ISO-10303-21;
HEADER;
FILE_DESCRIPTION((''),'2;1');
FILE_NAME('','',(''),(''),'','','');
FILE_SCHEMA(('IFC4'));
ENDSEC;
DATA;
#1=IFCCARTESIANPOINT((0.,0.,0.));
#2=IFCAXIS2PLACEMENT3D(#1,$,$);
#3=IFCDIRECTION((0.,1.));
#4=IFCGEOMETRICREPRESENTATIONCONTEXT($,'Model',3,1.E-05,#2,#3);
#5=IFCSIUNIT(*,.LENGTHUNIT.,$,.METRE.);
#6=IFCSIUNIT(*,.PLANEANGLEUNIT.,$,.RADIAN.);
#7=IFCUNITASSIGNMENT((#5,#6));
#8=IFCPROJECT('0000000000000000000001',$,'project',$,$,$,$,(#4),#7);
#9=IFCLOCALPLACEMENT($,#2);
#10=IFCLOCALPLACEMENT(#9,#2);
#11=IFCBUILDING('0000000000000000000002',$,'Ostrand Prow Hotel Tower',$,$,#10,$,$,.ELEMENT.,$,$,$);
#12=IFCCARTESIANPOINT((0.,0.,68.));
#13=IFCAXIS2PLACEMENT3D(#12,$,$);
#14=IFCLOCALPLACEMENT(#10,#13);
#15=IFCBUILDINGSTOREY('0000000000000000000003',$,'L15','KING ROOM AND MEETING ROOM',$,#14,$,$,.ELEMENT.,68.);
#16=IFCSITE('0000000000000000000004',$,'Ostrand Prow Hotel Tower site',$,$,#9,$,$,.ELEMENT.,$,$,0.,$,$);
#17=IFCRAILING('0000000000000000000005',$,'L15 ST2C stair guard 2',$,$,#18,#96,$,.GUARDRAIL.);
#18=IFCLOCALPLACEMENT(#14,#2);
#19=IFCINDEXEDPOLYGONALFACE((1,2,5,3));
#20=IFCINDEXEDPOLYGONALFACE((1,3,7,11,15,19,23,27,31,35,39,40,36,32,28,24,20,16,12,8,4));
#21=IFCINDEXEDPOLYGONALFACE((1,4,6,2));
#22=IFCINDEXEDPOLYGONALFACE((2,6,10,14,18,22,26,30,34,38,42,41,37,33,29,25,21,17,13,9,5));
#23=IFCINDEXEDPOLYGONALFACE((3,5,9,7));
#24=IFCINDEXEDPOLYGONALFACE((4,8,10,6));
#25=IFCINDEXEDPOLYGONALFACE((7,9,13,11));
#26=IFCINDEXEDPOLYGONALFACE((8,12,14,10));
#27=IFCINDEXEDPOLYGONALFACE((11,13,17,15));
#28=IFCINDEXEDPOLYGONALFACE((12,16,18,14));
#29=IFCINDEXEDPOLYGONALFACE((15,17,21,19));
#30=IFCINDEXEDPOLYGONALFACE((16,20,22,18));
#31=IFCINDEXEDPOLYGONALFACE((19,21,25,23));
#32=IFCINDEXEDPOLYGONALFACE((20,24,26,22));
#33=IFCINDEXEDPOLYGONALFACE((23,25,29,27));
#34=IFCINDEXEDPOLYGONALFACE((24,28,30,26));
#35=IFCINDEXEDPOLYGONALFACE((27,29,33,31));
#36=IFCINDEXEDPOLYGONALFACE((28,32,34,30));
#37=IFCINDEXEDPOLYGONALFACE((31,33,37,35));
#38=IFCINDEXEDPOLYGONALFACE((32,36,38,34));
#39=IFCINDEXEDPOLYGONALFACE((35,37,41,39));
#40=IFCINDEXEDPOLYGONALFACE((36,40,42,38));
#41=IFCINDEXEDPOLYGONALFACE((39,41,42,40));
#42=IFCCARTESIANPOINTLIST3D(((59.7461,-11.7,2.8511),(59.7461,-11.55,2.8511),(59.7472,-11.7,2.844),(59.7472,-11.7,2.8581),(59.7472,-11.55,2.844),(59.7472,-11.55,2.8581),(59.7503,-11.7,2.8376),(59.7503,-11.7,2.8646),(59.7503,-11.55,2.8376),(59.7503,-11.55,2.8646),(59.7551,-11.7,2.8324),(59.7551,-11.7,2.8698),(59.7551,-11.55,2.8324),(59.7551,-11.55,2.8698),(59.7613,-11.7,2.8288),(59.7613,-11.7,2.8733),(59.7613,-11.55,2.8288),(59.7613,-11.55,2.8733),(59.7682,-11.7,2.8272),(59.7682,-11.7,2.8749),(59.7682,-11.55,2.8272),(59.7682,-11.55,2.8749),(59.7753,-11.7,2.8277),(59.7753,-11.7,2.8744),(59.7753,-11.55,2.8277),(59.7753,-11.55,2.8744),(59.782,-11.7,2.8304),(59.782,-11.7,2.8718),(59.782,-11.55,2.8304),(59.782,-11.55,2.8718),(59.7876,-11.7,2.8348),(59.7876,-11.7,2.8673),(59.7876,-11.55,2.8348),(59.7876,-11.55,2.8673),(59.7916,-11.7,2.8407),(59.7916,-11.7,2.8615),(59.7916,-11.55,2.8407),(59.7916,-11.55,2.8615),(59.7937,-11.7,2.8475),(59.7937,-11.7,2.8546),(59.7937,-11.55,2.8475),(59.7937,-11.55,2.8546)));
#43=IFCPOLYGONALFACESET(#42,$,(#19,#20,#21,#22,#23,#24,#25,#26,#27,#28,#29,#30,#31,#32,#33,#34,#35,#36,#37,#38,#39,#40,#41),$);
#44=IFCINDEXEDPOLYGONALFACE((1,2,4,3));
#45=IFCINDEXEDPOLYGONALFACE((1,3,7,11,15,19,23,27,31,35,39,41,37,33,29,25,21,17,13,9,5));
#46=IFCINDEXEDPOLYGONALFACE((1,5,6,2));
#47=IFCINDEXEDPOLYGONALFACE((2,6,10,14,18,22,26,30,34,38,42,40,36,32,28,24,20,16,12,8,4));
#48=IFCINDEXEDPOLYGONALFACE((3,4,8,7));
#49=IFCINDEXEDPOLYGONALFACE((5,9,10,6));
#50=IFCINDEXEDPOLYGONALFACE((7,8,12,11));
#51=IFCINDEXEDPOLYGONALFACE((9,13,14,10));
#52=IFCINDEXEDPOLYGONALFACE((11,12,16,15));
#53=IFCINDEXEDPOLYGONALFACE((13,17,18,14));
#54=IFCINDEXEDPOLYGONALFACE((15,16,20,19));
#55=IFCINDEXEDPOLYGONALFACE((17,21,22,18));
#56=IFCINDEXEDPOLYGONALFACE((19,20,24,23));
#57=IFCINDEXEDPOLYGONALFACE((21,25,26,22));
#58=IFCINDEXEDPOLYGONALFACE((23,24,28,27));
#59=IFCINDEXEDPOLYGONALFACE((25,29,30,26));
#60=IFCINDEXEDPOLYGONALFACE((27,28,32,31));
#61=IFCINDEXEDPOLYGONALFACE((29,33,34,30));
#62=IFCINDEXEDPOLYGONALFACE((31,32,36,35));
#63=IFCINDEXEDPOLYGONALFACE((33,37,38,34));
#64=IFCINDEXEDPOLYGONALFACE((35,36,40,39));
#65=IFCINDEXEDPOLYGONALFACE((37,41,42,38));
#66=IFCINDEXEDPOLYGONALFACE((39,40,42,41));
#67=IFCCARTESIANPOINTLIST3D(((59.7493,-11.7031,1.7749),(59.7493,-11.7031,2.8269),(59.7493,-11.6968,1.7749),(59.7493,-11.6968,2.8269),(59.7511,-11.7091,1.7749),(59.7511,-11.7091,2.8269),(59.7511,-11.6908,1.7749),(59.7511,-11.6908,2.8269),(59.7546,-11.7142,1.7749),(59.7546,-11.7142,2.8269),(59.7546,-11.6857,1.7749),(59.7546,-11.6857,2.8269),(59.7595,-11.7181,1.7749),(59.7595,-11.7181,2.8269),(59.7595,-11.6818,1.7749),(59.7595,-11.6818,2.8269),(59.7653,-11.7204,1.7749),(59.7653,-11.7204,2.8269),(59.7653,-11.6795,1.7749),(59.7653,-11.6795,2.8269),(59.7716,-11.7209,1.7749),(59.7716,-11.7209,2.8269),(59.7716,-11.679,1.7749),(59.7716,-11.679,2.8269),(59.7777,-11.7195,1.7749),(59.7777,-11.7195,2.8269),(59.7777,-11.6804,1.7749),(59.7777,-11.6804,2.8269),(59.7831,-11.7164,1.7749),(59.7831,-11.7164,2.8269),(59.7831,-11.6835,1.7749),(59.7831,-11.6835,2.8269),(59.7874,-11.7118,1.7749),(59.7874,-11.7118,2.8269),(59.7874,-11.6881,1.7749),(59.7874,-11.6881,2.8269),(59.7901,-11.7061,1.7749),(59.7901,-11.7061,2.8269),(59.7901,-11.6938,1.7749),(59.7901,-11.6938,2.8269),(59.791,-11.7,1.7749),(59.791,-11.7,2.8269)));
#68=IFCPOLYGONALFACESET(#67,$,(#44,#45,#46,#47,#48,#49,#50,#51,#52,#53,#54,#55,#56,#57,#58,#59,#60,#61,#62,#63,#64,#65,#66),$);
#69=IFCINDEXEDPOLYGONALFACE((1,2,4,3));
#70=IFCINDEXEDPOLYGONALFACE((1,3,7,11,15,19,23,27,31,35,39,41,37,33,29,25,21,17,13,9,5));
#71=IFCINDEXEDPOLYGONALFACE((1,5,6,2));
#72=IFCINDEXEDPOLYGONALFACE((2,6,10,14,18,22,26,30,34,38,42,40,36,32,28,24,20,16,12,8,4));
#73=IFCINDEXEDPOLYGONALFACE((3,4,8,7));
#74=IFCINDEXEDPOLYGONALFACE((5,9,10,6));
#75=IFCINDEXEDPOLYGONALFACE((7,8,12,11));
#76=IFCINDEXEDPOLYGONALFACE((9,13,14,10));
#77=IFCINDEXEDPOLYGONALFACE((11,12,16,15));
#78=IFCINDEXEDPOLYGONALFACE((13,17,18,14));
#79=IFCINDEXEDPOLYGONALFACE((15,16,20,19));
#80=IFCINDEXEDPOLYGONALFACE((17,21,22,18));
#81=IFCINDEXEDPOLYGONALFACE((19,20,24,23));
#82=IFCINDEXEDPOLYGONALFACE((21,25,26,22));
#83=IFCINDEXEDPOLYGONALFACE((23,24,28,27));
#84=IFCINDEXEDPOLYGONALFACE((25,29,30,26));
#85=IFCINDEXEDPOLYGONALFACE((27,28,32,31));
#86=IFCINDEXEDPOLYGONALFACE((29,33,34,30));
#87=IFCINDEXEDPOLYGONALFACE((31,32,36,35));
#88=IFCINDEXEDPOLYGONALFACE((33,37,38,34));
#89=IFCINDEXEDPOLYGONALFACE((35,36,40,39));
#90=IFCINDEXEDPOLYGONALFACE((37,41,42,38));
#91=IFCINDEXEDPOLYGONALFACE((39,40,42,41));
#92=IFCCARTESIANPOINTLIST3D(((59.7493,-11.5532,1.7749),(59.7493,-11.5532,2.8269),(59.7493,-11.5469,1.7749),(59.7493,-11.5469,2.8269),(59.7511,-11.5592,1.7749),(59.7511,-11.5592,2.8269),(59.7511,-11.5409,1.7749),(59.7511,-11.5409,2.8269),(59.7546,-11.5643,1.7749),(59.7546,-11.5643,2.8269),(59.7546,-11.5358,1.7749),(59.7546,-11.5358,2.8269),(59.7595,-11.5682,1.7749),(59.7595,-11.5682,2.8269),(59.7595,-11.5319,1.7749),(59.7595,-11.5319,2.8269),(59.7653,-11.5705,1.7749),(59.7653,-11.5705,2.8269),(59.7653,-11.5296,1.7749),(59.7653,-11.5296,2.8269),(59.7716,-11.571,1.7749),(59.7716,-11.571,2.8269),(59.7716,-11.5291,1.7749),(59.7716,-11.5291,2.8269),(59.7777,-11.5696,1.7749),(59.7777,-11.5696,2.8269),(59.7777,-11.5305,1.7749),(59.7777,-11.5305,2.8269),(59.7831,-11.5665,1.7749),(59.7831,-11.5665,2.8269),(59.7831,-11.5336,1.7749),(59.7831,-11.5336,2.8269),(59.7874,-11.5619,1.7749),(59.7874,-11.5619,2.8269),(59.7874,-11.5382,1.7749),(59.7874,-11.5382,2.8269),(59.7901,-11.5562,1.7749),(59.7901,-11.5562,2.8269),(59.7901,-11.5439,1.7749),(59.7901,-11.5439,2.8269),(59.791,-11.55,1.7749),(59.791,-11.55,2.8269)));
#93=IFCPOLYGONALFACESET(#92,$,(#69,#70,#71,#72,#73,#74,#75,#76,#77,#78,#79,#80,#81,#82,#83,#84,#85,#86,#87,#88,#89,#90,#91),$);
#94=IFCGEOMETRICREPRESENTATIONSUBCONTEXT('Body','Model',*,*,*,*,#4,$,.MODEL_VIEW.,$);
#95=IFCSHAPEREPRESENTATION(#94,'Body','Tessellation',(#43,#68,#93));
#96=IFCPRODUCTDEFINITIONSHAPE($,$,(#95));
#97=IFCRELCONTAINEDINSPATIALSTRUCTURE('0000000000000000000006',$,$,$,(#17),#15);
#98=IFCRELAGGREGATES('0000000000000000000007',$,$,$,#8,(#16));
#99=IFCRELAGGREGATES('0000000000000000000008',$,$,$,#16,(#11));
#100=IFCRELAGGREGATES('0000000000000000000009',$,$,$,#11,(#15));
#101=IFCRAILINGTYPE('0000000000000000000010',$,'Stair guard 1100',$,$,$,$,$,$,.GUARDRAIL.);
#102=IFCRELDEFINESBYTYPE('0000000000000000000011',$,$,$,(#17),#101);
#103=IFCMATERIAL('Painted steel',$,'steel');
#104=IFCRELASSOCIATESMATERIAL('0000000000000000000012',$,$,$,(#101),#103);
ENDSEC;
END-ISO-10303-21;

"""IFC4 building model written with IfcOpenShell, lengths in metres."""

from ifc_helpers import new_model, si_unit, direction, frame, origin, origin_2d, place, context, subcontext, project, spatial, circle, extrude, material, type_object, element, save


model = new_model("IFC4")

# Units and contexts
model_context = context("Model", 3, precision=1e-05, world=origin(), true_north=direction((0.0, 1.0)))
body_context = subcontext(model_context, "Body", "Model", "MODEL_VIEW")
ifc_project = project(units=[si_unit("LENGTHUNIT", "METRE"), si_unit("PLANEANGLEUNIT", "RADIAN")], contexts=[model_context])

# Site, building, storey
site_placement = place(None, origin())
site = spatial("IfcSite", under=ifc_project, at=site_placement, Name="Ostrand Prow Hotel Tower site", CompositionType="ELEMENT", RefElevation=0.0)
building_placement = place(site_placement, origin())
building = spatial("IfcBuilding", under=site, at=building_placement, Name="Ostrand Prow Hotel Tower", CompositionType="ELEMENT")
storey_placement = place(building_placement, frame((0.0, 0.0, 68.0)))
storey = spatial("IfcBuildingStorey", under=building, at=storey_placement, Name="L15", Description="KING ROOM AND MEETING ROOM", CompositionType="ELEMENT", Elevation=68.0)

# Railing
ifc_material_1 = material(Name="Painted steel", Category="steel")
railing_type_1 = type_object("IfcRailingType", Name="Stair guard 1100", PredefinedType="GUARDRAIL", material=ifc_material_1)
railing_1_placement = place(storey_placement, frame((59.77, -11.7, 1.7749)))
element("IfcRailing", 1, at=railing_1_placement, inside=storey, type_object=railing_type_1, Name="L15 ST2C stair guard 2", PredefinedType="GUARDRAIL", context=body_context, shape_type="SweptSolid", body=[
    extrude(circle(Radius=0.0239, at=origin_2d()), frame((0.0, 0.0, 1.0762), z_axis=(0.0, 1.0, 0.0), x_axis=(-1.0, 0.0, 0.0)), (0.0, 0.0, 1.0), 0.1499),
    extrude(circle(Radius=0.021, at=origin_2d()), origin(), (0.0, 0.0, 1.0), 1.052),
    extrude(circle(Radius=0.021, at=origin_2d()), frame((0.0, 0.1499, 0.0)), (0.0, 0.0, 1.0), 1.052),
])

save(model, "model.ifc")
